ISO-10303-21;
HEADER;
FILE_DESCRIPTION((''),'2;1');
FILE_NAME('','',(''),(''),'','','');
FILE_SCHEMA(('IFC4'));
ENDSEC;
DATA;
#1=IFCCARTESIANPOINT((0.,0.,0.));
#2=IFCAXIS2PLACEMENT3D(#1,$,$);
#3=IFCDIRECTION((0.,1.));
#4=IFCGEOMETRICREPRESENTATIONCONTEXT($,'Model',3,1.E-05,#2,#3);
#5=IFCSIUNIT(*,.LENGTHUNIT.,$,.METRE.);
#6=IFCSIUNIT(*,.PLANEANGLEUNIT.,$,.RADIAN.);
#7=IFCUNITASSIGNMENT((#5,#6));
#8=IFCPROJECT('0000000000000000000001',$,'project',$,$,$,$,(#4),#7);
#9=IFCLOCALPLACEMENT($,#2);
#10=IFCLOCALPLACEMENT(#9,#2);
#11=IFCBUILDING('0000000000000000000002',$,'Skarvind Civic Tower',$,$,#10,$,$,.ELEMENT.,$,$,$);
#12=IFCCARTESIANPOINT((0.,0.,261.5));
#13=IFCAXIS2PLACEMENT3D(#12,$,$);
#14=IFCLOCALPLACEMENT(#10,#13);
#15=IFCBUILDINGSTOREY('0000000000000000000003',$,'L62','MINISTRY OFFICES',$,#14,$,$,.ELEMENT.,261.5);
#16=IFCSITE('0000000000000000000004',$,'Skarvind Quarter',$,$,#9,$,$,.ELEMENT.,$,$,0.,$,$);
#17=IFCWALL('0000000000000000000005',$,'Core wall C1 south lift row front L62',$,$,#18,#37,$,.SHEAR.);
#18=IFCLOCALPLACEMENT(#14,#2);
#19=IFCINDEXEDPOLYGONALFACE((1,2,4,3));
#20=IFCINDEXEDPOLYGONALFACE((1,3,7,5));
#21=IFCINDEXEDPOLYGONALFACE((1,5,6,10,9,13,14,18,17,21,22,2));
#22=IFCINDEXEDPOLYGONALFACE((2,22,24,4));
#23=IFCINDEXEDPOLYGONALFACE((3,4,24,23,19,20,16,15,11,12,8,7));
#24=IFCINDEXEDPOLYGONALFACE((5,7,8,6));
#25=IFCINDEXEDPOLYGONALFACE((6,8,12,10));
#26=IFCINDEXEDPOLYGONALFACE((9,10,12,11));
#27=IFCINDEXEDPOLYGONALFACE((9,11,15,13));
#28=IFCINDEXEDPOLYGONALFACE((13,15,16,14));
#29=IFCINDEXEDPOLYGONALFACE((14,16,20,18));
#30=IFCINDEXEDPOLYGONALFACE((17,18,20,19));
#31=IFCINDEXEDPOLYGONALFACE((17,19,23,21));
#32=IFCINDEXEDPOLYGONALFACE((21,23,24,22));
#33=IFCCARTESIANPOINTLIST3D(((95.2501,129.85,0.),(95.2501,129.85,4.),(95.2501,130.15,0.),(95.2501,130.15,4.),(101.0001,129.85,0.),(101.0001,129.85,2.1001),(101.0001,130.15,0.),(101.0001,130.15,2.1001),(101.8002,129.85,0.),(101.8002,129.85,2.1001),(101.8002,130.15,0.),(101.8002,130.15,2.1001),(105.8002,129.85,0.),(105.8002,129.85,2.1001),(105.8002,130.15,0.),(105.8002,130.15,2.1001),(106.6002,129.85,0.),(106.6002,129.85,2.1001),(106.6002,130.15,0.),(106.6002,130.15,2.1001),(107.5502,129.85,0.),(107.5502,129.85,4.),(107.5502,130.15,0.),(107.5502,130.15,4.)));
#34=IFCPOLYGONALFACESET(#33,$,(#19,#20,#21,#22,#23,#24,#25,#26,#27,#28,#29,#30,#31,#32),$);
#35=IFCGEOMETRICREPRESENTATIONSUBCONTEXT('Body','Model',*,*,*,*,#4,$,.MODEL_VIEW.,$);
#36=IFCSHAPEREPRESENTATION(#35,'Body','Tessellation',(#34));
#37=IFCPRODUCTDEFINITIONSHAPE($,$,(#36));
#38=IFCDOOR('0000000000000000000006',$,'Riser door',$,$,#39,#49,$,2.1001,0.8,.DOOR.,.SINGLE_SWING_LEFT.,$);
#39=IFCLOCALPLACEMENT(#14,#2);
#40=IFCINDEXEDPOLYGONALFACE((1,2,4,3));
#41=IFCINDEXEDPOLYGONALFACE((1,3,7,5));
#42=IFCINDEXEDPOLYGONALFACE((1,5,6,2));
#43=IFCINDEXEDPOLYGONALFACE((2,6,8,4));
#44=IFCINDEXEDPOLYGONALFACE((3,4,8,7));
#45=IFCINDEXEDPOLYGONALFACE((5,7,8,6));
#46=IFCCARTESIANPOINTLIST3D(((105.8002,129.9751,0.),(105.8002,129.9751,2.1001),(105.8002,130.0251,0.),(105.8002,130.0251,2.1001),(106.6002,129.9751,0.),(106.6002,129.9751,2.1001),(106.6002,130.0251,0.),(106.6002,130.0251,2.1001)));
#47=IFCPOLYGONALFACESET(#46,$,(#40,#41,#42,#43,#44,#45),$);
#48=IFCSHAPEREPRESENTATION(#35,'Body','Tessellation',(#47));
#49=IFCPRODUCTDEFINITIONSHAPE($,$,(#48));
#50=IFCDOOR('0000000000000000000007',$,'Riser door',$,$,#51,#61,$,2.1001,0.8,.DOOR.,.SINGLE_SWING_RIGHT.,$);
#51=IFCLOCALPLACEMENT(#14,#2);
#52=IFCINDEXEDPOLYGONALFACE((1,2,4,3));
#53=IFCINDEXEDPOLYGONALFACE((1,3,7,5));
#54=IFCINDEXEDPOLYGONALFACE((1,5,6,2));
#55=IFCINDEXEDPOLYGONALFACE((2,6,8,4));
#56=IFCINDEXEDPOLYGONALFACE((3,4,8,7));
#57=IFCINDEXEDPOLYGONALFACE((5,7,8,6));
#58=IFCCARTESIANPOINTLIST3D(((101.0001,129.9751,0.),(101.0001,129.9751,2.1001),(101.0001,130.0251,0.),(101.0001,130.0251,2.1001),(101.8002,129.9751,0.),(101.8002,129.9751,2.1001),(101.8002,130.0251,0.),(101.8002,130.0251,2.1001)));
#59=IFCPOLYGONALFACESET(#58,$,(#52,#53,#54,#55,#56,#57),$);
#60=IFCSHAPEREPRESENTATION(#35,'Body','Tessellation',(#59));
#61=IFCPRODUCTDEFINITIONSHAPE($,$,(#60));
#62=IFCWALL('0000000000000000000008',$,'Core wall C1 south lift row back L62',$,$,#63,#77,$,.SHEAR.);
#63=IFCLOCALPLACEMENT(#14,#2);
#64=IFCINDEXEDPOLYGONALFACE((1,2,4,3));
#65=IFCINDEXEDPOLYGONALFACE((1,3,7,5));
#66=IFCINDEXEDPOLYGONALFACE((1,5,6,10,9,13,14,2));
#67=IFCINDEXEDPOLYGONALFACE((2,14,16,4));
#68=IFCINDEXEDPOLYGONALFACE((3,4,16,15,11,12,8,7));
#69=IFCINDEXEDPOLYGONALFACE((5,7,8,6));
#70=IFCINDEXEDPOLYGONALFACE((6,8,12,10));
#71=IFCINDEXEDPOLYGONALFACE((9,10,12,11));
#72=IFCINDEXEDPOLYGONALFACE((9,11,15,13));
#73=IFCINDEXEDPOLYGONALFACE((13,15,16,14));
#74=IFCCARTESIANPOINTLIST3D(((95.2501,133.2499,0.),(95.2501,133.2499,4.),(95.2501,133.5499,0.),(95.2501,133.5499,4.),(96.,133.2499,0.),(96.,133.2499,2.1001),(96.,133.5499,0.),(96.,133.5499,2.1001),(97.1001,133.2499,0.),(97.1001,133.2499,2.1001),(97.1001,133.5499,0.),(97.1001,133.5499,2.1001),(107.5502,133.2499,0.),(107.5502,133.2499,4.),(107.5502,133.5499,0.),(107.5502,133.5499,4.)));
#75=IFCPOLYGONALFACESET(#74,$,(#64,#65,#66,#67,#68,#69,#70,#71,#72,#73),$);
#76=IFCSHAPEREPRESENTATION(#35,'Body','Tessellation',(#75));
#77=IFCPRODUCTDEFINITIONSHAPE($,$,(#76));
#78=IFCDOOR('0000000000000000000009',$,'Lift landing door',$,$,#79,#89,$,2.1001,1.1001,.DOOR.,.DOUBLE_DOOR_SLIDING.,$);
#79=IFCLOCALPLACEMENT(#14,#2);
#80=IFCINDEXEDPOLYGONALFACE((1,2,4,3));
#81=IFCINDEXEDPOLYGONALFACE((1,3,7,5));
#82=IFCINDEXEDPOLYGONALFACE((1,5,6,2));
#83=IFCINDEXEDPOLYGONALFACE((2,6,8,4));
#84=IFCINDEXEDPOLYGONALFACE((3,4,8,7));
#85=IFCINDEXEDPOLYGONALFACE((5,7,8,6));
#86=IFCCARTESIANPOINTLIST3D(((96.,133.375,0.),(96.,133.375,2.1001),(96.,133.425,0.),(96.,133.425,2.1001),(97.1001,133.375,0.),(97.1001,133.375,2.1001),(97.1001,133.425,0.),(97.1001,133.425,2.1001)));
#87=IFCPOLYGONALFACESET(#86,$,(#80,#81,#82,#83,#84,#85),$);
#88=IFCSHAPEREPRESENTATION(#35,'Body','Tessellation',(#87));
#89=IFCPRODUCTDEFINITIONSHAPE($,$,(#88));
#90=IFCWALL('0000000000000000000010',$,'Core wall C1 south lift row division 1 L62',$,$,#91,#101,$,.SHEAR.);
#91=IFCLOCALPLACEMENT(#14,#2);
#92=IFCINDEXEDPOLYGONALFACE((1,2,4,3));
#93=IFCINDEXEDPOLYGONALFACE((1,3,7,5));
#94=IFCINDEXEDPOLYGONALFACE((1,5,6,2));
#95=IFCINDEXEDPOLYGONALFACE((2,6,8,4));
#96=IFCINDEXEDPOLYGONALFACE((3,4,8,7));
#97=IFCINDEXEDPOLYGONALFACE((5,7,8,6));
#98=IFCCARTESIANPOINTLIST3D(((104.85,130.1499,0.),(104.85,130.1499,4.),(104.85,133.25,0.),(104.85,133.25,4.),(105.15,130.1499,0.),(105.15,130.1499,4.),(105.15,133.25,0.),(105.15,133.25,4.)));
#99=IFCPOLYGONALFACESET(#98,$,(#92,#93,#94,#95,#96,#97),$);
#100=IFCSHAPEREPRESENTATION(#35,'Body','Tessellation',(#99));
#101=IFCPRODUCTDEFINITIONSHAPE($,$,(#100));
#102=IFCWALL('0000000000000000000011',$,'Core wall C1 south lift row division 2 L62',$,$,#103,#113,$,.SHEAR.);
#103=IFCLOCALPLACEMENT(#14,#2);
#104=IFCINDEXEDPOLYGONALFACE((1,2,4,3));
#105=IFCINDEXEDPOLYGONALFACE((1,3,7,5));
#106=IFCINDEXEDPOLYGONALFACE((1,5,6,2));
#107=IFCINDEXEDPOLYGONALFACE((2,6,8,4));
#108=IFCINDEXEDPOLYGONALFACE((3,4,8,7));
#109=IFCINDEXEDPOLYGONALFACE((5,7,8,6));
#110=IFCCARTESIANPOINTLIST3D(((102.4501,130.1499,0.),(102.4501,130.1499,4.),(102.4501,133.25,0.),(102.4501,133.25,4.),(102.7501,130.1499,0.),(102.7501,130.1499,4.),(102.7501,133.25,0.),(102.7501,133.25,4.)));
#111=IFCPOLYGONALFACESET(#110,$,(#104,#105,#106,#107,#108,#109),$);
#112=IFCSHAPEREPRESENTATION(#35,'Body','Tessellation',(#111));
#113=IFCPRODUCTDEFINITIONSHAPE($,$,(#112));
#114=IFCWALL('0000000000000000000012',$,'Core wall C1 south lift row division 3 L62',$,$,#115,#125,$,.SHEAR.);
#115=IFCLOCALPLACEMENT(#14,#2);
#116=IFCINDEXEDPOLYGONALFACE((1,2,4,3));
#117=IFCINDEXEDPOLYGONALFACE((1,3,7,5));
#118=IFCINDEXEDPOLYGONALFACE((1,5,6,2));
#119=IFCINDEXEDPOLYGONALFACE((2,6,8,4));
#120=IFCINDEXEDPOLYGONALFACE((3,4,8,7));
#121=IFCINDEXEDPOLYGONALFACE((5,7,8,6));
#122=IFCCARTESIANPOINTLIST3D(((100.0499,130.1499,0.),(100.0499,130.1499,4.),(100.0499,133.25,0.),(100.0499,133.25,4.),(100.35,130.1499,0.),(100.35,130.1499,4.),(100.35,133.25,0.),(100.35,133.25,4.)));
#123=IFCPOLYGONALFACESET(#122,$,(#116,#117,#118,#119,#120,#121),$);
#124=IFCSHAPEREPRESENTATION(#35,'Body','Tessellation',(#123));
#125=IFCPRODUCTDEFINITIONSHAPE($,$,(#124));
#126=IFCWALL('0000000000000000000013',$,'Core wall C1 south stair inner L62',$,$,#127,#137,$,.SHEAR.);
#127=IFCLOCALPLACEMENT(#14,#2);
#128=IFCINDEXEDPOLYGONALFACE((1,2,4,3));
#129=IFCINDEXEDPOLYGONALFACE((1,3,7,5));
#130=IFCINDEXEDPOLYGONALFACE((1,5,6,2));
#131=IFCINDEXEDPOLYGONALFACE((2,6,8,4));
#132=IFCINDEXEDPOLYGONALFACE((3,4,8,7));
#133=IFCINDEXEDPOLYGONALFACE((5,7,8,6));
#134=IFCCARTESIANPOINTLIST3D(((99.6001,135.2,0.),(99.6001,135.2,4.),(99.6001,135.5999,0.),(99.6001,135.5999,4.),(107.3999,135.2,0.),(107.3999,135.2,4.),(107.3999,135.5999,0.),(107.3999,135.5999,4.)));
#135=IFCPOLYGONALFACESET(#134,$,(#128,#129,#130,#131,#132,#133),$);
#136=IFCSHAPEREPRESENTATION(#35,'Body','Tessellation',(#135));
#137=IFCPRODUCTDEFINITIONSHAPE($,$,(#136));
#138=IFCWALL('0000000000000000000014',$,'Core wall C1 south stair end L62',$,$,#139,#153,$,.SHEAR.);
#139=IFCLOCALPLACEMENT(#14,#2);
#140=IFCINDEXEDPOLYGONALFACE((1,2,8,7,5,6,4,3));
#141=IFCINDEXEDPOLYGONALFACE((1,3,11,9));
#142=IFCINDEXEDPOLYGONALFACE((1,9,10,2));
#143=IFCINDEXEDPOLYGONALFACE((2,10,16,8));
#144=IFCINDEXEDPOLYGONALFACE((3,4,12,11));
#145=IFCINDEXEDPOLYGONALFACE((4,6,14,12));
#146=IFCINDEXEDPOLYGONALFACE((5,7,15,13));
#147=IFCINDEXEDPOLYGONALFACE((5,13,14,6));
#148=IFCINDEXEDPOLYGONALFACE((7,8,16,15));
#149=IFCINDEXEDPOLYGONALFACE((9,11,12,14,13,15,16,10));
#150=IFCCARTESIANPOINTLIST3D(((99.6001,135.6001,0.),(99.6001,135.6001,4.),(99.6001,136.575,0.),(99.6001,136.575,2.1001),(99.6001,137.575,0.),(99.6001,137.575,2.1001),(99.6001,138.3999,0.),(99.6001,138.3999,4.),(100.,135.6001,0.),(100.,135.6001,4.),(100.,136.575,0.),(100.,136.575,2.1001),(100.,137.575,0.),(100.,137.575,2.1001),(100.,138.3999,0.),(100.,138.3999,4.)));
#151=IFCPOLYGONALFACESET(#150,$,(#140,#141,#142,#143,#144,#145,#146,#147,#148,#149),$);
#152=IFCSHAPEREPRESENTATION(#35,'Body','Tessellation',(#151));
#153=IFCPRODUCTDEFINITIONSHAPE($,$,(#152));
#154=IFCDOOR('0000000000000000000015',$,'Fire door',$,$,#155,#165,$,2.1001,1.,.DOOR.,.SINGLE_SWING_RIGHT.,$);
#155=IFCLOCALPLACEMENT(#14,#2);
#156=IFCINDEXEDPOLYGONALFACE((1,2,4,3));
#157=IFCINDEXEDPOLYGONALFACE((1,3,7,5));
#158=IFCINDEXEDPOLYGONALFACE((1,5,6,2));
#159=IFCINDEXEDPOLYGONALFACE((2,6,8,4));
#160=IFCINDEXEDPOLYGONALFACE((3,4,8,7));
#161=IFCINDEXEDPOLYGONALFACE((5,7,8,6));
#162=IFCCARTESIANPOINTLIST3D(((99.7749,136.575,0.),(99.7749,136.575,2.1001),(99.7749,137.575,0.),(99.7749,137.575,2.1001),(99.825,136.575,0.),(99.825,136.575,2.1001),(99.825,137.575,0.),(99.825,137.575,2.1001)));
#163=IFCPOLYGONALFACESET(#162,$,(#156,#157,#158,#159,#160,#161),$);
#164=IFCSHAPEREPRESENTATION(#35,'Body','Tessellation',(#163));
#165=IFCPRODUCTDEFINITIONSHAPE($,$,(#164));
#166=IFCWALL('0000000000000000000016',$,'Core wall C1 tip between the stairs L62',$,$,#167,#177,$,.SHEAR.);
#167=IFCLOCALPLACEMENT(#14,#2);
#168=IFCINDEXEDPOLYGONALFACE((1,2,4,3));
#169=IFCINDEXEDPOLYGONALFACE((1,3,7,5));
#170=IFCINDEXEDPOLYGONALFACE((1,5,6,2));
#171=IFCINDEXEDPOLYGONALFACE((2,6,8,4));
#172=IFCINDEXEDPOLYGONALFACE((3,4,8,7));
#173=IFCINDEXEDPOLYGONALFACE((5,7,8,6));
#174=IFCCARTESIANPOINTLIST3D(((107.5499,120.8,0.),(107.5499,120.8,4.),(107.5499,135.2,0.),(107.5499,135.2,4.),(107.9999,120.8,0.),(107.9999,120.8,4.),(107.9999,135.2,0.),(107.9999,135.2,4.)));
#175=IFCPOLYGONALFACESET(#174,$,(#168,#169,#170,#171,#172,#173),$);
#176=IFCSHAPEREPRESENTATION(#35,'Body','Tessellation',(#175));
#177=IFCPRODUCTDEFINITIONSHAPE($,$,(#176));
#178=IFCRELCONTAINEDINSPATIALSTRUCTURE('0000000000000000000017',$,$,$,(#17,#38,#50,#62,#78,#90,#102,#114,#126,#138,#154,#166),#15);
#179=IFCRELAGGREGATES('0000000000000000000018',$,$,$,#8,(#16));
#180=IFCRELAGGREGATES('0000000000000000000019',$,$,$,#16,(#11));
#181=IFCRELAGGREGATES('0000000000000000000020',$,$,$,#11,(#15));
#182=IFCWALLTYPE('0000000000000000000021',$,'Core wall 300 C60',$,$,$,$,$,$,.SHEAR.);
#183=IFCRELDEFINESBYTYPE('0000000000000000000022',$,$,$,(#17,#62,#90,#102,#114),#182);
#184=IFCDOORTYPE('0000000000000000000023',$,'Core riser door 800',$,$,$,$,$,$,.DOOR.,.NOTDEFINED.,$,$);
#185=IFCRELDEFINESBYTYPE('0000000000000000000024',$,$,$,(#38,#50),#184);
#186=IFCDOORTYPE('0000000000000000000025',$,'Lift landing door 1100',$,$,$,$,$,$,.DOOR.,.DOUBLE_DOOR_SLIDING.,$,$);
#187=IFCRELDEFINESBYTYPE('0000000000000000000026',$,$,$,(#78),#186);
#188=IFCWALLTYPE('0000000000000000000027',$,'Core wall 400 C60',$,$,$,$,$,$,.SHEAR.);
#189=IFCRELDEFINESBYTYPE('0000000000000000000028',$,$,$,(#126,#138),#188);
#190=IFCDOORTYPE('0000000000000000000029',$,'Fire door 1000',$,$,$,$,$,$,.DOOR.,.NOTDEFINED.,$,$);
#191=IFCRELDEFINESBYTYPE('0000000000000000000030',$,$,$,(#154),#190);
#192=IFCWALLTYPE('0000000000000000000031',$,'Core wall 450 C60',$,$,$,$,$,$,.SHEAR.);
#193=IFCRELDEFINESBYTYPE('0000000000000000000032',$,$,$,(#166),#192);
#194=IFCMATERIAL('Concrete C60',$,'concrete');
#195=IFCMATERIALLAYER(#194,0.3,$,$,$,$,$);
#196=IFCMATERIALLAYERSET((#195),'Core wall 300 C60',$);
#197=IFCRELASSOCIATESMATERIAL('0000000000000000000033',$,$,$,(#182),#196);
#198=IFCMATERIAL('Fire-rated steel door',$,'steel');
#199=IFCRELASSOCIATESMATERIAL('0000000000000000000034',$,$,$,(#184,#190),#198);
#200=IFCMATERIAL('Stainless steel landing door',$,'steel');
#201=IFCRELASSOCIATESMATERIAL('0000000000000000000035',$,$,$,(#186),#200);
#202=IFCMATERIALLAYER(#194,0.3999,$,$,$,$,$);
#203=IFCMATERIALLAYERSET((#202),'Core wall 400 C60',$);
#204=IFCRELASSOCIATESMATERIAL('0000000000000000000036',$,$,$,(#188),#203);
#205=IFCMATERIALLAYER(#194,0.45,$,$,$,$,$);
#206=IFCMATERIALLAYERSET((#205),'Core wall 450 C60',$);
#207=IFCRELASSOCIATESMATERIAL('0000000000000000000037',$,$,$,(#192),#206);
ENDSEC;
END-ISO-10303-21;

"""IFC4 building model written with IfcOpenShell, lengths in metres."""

from ifc_helpers import new_model, si_unit, direction, frame, frame_2d, origin, place, context, subcontext, project, spatial, rectangle, extrude, material, layer, layer_set, type_object, element, fill, save


model = new_model("IFC4")

# Units and contexts
model_context = context("Model", 3, precision=1e-05, world=origin(), true_north=direction((0.0, 1.0)))
body_context = subcontext(model_context, "Body", "Model", "MODEL_VIEW")
ifc_project = project(units=[si_unit("LENGTHUNIT", "METRE"), si_unit("PLANEANGLEUNIT", "RADIAN")], contexts=[model_context])

# Site, building, storey
site_placement = place(None, origin())
site = spatial("IfcSite", under=ifc_project, at=site_placement, Name="Skarvind Quarter", CompositionType="ELEMENT", RefElevation=0.0)
building_placement = place(site_placement, origin())
building = spatial("IfcBuilding", under=site, at=building_placement, Name="Skarvind Civic Tower", CompositionType="ELEMENT")
storey_placement = place(building_placement, frame((0.0, 0.0, 261.5)))
storey = spatial("IfcBuildingStorey", under=building, at=storey_placement, Name="L62", Description="MINISTRY OFFICES", CompositionType="ELEMENT", Elevation=261.5)

# Wall, openings, doors
ifc_material_1 = material(Name="Concrete C60", Category="concrete")
ifc_layer_1 = layer(ifc_material_1, 0.3)
ifc_layer_set_1 = layer_set([ifc_layer_1], Name="Core wall 300 C60")
wall_type_1 = type_object("IfcWallType", Name="Core wall 300 C60", PredefinedType="SHEAR", material=ifc_layer_set_1)
wall_1_placement = place(storey_placement, frame((107.55, 130.0, 0.0), z_axis=(0.0, 0.0, 1.0), x_axis=(-1.0, 0.0, 0.0)))
wall_1 = element("IfcWall", 1, at=wall_1_placement, inside=storey, type_object=wall_type_1, Name="Core wall C1 south lift row front L62", PredefinedType="SHEAR", context=body_context, shape_type="SweptSolid", body=[
    extrude(rectangle(XDim=12.3, YDim=0.3, at=frame_2d((6.1499, 0.0))), origin(), (0.0, 0.0, 1.0), 4.0),
])
opening_1_placement = place(wall_1_placement, frame((0.95, 0.0, 0.0)))
opening_1 = element("IfcOpeningElement", 2, at=opening_1_placement, cuts=wall_1, PredefinedType="OPENING", context=body_context, shape_type="SweptSolid", body=[
    extrude(rectangle(XDim=0.8, YDim=2.1001, at=frame_2d((0.3999, 1.05))), frame((0.0, 0.1599, 0.0), z_axis=(0.0, -1.0, 0.0), x_axis=(1.0, 0.0, 0.0)), (0.0, 0.0, 1.0), 0.3201),
])
opening_2_placement = place(wall_1_placement, frame((5.75, 0.0, 0.0)))
opening_2 = element("IfcOpeningElement", 3, at=opening_2_placement, cuts=wall_1, PredefinedType="OPENING", context=body_context, shape_type="SweptSolid", body=[
    extrude(rectangle(XDim=0.8, YDim=2.1001, at=frame_2d((0.3999, 1.05))), frame((0.0, 0.1599, 0.0), z_axis=(0.0, -1.0, 0.0), x_axis=(1.0, 0.0, 0.0)), (0.0, 0.0, 1.0), 0.3201),
])
ifc_material_2 = material(Name="Fire-rated steel door", Category="steel")
door_type_1 = type_object("IfcDoorType", Name="Core riser door 800", OperationType="NOTDEFINED", PredefinedType="DOOR", material=ifc_material_2)
door_1_placement = place(opening_1_placement, origin())
door_1 = element("IfcDoor", 4, at=door_1_placement, inside=storey, type_object=door_type_1, Name="Riser door", OperationType="SINGLE_SWING_LEFT", OverallHeight=2.1001, OverallWidth=0.8, PredefinedType="DOOR", context=body_context, shape_type="SweptSolid", body=[
    extrude(rectangle(XDim=0.8, YDim=2.1001, at=frame_2d((0.3999, 1.05))), frame((0.0, 0.0249, 0.0), z_axis=(0.0, -1.0, 0.0), x_axis=(1.0, 0.0, 0.0)), (0.0, 0.0, 1.0), 0.05),
])
fill(opening_1, door_1)
door_2_placement = place(opening_2_placement, origin())
door_2 = element("IfcDoor", 5, at=door_2_placement, inside=storey, type_object=door_type_1, Name="Riser door", OperationType="SINGLE_SWING_RIGHT", OverallHeight=2.1001, OverallWidth=0.8, PredefinedType="DOOR", context=body_context, shape_type="SweptSolid", body=[
    extrude(rectangle(XDim=0.8, YDim=2.1001, at=frame_2d((0.3999, 1.05))), frame((0.0, 0.0249, 0.0), z_axis=(0.0, -1.0, 0.0), x_axis=(1.0, 0.0, 0.0)), (0.0, 0.0, 1.0), 0.05),
])
fill(opening_2, door_2)

# Wall, opening, door
wall_2_placement = place(storey_placement, frame((107.55, 133.3999, 0.0), z_axis=(0.0, 0.0, 1.0), x_axis=(-1.0, 0.0, 0.0)))
wall_2 = element("IfcWall", 6, at=wall_2_placement, inside=storey, type_object=wall_type_1, Name="Core wall C1 south lift row back L62", PredefinedType="SHEAR", context=body_context, shape_type="SweptSolid", body=[
    extrude(rectangle(XDim=12.3, YDim=0.3, at=frame_2d((6.1499, 0.0))), origin(), (0.0, 0.0, 1.0), 4.0),
])
opening_3_placement = place(wall_2_placement, frame((10.45, 0.0, 0.0)))
opening_3 = element("IfcOpeningElement", 7, at=opening_3_placement, cuts=wall_2, PredefinedType="OPENING", context=body_context, shape_type="SweptSolid", body=[
    extrude(rectangle(XDim=1.1001, YDim=2.1001, at=frame_2d((0.55, 1.05))), frame((0.0, 0.1599, 0.0), z_axis=(0.0, -1.0, 0.0), x_axis=(1.0, 0.0, 0.0)), (0.0, 0.0, 1.0), 0.3201),
])
ifc_material_3 = material(Name="Stainless steel landing door", Category="steel")
door_type_2 = type_object("IfcDoorType", Name="Lift landing door 1100", OperationType="DOUBLE_DOOR_SLIDING", PredefinedType="DOOR", material=ifc_material_3)
door_3_placement = place(opening_3_placement, origin())
door_3 = element("IfcDoor", 8, at=door_3_placement, inside=storey, type_object=door_type_2, Name="Lift landing door", OperationType="DOUBLE_DOOR_SLIDING", OverallHeight=2.1001, OverallWidth=1.1001, PredefinedType="DOOR", context=body_context, shape_type="SweptSolid", body=[
    extrude(rectangle(XDim=1.1001, YDim=2.1001, at=frame_2d((0.55, 1.05))), frame((0.0, 0.0249, 0.0), z_axis=(0.0, -1.0, 0.0), x_axis=(1.0, 0.0, 0.0)), (0.0, 0.0, 1.0), 0.05),
])
fill(opening_3, door_3)

# Walls
for number, where, z_axis, x_axis, name in (
    (9, (105.0, 133.25, 0.0), (0.0, 0.0, 1.0), (0.0, -1.0, 0.0), "Core wall C1 south lift row division 1 L62"),
    (10, (102.6001, 133.25, 0.0), (0.0, 0.0, 1.0), (0.0, -1.0, 0.0), "Core wall C1 south lift row division 2 L62"),
    (11, (100.2, 133.25, 0.0), (0.0, 0.0, 1.0), (0.0, -1.0, 0.0), "Core wall C1 south lift row division 3 L62"),
):
    element("IfcWall", number, at=place(storey_placement, frame(where, z_axis=z_axis, x_axis=x_axis)), inside=storey, type_object=wall_type_1, Name=name, PredefinedType="SHEAR", context=body_context, shape_type="SweptSolid", body=[
        extrude(rectangle(XDim=3.1001, YDim=0.3, at=frame_2d((1.55, 0.0))), origin(), (0.0, 0.0, 1.0), 4.0),
    ])
ifc_layer_2 = layer(ifc_material_1, 0.3999)
ifc_layer_set_2 = layer_set([ifc_layer_2], Name="Core wall 400 C60")
wall_type_2 = type_object("IfcWallType", Name="Core wall 400 C60", PredefinedType="SHEAR", material=ifc_layer_set_2)
wall_3_placement = place(storey_placement, frame((107.3999, 135.3999, 0.0), z_axis=(0.0, 0.0, 1.0), x_axis=(-1.0, 0.0, 0.0)))
element("IfcWall", 12, at=wall_3_placement, inside=storey, type_object=wall_type_2, Name="Core wall C1 south stair inner L62", PredefinedType="SHEAR", context=body_context, shape_type="SweptSolid", body=[
    extrude(rectangle(XDim=7.7998, YDim=0.3999, at=frame_2d((3.8999, 0.0))), origin(), (0.0, 0.0, 1.0), 4.0),
])

# Wall, opening, door
wall_4_placement = place(storey_placement, frame((99.8, 138.3999, 0.0), z_axis=(0.0, 0.0, 1.0), x_axis=(0.0, -1.0, 0.0)))
wall_4 = element("IfcWall", 13, at=wall_4_placement, inside=storey, type_object=wall_type_2, Name="Core wall C1 south stair end L62", PredefinedType="SHEAR", context=body_context, shape_type="SweptSolid", body=[
    extrude(rectangle(XDim=2.7998, YDim=0.3999, at=frame_2d((1.3999, 0.0))), origin(), (0.0, 0.0, 1.0), 4.0),
])
opening_4_placement = place(wall_4_placement, frame((0.825, 0.0, 0.0)))
opening_4 = element("IfcOpeningElement", 14, at=opening_4_placement, cuts=wall_4, PredefinedType="OPENING", context=body_context, shape_type="SweptSolid", body=[
    extrude(rectangle(XDim=1.0, YDim=2.1001, at=frame_2d((0.5, 1.05))), frame((0.0, 0.21, 0.0), z_axis=(0.0, -1.0, 0.0), x_axis=(1.0, 0.0, 0.0)), (0.0, 0.0, 1.0), 0.4199),
])
door_type_3 = type_object("IfcDoorType", Name="Fire door 1000", OperationType="NOTDEFINED", PredefinedType="DOOR", material=ifc_material_2)
door_4_placement = place(opening_4_placement, origin())
door_4 = element("IfcDoor", 15, at=door_4_placement, inside=storey, type_object=door_type_3, Name="Fire door", OperationType="SINGLE_SWING_RIGHT", OverallHeight=2.1001, OverallWidth=1.0, PredefinedType="DOOR", context=body_context, shape_type="SweptSolid", body=[
    extrude(rectangle(XDim=1.0, YDim=2.1001, at=frame_2d((0.5, 1.05))), frame((0.0, 0.0249, 0.0), z_axis=(0.0, -1.0, 0.0), x_axis=(1.0, 0.0, 0.0)), (0.0, 0.0, 1.0), 0.05),
])
fill(opening_4, door_4)

# Wall
ifc_layer_3 = layer(ifc_material_1, 0.45)
ifc_layer_set_3 = layer_set([ifc_layer_3], Name="Core wall 450 C60")
wall_type_3 = type_object("IfcWallType", Name="Core wall 450 C60", PredefinedType="SHEAR", material=ifc_layer_set_3)
wall_5_placement = place(storey_placement, frame((107.7749, 135.2, 0.0), z_axis=(0.0, 0.0, 1.0), x_axis=(0.0, -1.0, 0.0)))
element("IfcWall", 16, at=wall_5_placement, inside=storey, type_object=wall_type_3, Name="Core wall C1 tip between the stairs L62", PredefinedType="SHEAR", context=body_context, shape_type="SweptSolid", body=[
    extrude(rectangle(XDim=14.3999, YDim=0.45, at=frame_2d((7.2, 0.0))), origin(), (0.0, 0.0, 1.0), 4.0),
])

save(model, "model.ifc")
